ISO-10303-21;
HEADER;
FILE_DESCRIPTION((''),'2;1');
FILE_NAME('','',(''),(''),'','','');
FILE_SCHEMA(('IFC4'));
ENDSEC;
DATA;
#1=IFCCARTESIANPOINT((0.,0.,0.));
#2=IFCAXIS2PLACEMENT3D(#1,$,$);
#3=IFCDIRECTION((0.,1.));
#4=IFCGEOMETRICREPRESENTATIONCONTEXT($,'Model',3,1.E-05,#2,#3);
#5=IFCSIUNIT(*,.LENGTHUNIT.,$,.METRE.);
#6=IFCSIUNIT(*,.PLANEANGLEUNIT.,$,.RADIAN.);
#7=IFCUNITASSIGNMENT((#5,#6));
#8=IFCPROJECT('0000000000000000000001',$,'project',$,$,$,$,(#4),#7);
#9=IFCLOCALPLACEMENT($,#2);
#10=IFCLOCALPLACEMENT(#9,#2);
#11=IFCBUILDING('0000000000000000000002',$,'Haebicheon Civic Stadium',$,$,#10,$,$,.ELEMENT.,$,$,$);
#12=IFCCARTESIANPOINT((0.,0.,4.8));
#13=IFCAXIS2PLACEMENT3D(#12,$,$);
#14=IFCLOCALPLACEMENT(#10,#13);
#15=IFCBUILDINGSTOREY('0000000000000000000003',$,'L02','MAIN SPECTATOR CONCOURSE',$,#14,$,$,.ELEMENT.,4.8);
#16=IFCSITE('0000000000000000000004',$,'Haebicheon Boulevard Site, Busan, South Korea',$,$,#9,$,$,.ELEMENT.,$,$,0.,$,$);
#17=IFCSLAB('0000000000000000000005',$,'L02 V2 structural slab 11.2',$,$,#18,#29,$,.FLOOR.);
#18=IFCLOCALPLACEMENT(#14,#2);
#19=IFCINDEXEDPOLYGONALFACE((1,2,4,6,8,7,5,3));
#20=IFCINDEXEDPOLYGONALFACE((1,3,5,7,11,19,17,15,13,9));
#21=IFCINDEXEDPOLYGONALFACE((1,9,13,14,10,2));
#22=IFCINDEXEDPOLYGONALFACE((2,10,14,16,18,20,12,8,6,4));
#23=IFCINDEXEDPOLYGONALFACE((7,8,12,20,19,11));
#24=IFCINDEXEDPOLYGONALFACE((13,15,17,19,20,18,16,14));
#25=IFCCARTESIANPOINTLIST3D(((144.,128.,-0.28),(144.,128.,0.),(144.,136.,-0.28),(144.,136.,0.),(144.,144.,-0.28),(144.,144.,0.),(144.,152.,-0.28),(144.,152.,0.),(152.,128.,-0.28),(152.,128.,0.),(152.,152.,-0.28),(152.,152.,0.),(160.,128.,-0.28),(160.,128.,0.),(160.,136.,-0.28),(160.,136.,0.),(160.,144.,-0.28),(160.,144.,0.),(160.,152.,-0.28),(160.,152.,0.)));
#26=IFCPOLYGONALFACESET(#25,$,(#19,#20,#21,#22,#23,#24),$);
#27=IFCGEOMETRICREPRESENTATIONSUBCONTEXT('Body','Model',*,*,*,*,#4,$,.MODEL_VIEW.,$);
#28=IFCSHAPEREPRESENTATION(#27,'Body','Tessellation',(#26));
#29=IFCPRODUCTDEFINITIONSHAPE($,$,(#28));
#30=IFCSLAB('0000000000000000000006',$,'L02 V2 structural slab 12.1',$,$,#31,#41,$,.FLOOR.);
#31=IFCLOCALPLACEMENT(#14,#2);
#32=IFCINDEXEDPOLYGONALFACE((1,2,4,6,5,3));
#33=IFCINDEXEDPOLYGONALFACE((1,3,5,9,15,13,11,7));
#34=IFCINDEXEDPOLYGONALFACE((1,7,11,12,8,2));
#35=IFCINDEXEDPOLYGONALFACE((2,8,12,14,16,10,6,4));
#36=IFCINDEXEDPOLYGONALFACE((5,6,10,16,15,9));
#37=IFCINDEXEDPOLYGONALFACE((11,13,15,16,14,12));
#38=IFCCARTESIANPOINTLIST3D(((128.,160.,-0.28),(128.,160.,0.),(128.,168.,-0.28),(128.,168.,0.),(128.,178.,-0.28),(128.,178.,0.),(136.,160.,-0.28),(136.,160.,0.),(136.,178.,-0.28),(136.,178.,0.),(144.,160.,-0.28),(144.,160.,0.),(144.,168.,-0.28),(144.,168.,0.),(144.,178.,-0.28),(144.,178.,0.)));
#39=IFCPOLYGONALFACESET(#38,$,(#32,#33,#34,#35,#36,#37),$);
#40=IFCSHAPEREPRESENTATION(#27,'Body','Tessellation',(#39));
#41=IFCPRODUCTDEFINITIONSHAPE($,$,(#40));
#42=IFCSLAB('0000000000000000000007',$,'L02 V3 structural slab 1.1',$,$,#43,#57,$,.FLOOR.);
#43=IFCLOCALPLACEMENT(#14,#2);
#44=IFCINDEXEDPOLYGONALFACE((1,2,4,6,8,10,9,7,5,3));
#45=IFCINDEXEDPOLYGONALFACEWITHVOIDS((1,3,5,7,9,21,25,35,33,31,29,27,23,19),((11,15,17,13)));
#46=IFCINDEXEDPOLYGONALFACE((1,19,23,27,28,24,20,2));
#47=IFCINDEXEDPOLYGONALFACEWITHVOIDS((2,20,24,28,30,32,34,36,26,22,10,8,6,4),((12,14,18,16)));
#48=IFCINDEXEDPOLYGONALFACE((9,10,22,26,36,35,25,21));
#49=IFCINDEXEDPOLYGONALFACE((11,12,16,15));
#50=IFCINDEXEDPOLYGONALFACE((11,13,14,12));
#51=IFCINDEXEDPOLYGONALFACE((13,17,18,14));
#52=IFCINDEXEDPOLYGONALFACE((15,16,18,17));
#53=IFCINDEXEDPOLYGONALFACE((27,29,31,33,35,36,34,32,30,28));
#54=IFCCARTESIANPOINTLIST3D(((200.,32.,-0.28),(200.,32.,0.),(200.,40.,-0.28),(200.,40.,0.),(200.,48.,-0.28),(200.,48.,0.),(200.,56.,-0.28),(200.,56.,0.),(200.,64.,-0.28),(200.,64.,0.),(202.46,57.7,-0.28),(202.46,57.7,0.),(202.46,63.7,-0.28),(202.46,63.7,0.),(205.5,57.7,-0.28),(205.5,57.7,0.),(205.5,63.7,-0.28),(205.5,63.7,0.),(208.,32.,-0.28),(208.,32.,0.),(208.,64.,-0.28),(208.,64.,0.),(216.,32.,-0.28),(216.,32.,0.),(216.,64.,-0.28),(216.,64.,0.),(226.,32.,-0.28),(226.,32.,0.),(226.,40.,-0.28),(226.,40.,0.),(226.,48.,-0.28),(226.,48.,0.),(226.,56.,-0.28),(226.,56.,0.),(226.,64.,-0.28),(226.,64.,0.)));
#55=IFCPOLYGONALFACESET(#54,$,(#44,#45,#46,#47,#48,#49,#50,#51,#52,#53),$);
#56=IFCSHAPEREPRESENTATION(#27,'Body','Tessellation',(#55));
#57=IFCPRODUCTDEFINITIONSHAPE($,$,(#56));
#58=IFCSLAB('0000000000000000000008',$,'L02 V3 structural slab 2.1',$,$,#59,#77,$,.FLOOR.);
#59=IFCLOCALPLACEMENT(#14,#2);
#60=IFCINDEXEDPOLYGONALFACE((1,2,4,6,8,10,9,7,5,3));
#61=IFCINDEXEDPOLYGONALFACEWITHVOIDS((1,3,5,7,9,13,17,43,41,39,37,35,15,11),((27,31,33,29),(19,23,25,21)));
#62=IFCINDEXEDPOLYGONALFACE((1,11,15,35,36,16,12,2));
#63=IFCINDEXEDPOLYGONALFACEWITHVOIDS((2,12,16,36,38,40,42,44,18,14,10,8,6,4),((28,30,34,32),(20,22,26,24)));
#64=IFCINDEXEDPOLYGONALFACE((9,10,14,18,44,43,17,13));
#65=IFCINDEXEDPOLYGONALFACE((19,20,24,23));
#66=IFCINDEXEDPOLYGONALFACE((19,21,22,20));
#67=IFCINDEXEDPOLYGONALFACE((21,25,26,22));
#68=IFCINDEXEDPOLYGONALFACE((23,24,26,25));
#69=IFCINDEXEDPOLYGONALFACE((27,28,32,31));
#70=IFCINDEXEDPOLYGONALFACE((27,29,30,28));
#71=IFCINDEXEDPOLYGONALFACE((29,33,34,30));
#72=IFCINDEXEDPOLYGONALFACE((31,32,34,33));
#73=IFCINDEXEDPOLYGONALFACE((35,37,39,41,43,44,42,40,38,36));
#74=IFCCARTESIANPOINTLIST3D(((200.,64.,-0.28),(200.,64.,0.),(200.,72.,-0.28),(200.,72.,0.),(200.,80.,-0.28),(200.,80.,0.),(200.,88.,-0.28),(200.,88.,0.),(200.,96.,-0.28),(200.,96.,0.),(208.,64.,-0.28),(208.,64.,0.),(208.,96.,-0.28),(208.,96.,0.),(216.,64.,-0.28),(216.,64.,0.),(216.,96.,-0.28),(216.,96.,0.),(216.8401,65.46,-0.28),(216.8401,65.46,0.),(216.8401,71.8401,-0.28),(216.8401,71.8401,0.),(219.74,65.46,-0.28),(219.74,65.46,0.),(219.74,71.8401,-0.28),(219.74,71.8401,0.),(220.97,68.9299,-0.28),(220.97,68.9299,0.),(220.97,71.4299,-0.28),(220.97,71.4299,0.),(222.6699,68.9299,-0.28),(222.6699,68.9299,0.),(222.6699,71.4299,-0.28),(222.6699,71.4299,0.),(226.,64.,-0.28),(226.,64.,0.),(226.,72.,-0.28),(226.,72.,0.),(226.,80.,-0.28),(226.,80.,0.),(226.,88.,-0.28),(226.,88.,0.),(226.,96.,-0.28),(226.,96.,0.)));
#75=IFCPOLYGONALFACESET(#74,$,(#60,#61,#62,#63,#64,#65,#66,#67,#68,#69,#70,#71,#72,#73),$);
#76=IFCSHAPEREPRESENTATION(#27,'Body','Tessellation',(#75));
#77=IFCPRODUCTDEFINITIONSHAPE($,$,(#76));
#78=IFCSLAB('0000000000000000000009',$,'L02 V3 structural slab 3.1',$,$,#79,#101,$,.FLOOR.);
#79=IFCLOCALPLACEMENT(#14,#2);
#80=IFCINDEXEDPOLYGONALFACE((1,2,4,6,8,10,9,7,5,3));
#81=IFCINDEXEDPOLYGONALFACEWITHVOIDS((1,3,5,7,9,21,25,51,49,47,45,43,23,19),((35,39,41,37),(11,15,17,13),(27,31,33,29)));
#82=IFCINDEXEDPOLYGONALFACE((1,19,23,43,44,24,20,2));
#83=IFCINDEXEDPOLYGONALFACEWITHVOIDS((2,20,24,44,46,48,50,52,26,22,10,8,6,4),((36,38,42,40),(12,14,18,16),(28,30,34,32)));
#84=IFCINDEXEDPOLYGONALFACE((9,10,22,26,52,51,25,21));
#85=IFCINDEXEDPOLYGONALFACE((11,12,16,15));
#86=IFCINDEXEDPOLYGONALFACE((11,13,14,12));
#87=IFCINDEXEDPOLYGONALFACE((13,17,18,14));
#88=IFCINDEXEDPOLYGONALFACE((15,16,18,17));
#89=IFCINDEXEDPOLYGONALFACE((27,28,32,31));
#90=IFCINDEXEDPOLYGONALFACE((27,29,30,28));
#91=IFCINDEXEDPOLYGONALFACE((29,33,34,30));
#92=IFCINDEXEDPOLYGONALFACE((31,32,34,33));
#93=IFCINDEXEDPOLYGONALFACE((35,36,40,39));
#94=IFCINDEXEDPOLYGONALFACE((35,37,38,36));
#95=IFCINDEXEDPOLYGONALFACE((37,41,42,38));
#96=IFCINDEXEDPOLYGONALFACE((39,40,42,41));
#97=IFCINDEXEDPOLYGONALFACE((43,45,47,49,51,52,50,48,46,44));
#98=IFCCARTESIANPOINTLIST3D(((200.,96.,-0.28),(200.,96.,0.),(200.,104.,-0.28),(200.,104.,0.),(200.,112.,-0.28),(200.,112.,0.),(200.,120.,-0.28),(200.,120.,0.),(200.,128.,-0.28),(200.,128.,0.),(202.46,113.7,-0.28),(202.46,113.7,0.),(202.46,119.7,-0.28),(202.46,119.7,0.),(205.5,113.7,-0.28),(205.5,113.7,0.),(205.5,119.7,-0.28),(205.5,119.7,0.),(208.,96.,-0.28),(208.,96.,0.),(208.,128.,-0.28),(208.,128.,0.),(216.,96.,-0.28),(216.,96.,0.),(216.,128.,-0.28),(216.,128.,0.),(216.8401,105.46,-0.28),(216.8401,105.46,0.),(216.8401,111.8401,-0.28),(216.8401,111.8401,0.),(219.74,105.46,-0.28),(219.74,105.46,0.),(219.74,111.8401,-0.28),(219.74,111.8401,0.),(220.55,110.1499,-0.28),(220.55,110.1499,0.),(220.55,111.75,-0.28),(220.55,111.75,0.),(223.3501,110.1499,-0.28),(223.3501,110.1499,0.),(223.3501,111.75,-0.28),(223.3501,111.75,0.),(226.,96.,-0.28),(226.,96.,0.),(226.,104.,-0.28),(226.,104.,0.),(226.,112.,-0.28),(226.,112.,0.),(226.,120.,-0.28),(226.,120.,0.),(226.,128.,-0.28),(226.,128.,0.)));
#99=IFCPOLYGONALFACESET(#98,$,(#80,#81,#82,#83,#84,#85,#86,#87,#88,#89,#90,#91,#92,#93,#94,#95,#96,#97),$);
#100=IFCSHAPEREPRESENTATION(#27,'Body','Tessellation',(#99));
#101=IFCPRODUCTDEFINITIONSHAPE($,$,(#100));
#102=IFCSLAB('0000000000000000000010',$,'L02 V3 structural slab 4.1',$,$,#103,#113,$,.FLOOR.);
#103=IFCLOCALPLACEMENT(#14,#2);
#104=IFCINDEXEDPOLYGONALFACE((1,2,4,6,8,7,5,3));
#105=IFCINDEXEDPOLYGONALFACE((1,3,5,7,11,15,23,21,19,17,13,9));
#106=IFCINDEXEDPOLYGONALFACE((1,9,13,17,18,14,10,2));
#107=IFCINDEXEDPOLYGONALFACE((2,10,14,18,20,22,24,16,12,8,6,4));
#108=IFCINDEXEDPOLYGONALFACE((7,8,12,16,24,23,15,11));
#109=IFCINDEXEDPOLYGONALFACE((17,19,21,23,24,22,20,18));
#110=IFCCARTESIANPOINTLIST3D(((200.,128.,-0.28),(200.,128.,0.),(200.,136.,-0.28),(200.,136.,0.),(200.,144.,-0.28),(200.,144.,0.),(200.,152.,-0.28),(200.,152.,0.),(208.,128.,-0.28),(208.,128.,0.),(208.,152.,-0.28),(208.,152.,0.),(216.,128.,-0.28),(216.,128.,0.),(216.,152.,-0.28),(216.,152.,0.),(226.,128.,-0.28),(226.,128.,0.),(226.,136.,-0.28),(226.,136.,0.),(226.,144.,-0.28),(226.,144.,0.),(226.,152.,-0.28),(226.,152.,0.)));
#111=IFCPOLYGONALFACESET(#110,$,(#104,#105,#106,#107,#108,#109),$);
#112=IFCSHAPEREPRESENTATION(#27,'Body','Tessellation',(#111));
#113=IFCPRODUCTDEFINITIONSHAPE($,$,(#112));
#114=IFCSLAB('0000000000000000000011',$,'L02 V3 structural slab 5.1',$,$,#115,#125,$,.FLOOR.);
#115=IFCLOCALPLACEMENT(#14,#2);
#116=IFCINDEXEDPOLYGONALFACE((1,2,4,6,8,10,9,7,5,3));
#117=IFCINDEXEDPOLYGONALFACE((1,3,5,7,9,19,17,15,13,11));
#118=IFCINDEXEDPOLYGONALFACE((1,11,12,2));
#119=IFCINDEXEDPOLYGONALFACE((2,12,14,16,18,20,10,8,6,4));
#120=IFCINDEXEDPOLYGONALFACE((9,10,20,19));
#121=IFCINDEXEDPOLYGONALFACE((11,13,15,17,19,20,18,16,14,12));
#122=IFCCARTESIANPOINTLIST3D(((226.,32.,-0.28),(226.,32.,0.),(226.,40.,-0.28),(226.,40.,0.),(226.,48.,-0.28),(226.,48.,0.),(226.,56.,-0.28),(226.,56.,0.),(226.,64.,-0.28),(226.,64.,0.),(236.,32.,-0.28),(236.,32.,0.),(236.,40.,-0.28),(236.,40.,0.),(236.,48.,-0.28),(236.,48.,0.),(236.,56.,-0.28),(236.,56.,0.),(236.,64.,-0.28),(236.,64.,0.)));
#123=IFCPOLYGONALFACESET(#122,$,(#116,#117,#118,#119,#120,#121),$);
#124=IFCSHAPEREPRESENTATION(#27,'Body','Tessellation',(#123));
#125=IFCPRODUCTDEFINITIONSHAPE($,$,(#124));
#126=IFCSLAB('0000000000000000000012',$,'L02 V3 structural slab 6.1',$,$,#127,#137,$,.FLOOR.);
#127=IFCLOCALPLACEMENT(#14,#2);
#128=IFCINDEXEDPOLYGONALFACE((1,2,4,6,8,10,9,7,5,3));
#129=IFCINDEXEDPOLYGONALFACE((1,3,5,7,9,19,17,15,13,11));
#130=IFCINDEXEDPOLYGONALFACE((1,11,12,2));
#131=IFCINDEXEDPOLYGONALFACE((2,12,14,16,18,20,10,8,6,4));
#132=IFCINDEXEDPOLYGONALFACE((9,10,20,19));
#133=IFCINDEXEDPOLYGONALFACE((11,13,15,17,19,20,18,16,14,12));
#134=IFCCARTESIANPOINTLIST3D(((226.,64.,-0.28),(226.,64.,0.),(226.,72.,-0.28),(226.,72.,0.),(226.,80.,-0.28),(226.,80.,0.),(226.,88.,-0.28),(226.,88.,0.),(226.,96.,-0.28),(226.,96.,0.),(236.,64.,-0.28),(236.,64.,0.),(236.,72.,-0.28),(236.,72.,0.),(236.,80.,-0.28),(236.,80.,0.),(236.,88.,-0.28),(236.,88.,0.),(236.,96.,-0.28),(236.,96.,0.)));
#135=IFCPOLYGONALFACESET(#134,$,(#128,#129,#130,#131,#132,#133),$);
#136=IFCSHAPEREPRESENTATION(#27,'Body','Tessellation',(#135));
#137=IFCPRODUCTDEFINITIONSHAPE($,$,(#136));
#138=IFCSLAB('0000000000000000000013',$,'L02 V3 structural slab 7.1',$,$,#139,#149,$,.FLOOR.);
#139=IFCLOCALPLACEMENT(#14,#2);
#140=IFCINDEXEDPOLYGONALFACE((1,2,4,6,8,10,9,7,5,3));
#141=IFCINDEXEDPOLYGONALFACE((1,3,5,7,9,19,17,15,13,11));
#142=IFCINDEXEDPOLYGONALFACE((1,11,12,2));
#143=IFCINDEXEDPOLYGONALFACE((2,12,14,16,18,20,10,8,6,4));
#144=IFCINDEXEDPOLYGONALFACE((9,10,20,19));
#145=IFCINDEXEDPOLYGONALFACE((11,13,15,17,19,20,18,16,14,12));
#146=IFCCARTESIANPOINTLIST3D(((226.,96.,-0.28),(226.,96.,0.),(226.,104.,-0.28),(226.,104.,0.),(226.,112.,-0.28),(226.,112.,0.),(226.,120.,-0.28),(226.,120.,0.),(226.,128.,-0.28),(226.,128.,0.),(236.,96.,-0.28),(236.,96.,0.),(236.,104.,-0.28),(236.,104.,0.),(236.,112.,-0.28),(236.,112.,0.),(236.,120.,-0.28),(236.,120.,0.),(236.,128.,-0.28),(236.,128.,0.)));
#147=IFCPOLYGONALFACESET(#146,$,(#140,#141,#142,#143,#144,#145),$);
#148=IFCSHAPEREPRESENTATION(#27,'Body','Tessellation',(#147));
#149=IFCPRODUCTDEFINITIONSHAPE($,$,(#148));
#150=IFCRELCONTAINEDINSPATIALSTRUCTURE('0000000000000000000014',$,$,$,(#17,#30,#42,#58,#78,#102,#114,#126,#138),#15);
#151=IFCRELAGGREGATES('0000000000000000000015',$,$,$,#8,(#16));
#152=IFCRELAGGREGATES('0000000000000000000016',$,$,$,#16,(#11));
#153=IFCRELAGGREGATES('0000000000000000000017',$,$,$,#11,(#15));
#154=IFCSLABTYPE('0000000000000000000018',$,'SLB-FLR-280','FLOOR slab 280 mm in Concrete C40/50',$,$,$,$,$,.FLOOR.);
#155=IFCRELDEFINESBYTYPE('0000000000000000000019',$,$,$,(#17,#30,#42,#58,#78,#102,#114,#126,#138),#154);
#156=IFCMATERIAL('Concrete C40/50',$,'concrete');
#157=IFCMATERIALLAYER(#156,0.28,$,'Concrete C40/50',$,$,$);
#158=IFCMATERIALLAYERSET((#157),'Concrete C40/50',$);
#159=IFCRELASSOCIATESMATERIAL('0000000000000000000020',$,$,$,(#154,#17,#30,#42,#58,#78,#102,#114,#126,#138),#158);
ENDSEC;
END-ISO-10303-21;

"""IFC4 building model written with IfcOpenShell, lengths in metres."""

from ifc_helpers import new_model, si_unit, direction, frame, origin, place, context, subcontext, project, spatial, polyline, outline, extrude, material, layer, layer_set, type_object, element, save


model = new_model("IFC4")

# Units and contexts
model_context = context("Model", 3, precision=1e-05, world=origin(), true_north=direction((0.0, 1.0)))
body_context = subcontext(model_context, "Body", "Model", "MODEL_VIEW")
ifc_project = project(units=[si_unit("LENGTHUNIT", "METRE"), si_unit("PLANEANGLEUNIT", "RADIAN")], contexts=[model_context])

# Site, building, storey
site_placement = place(None, origin())
site = spatial("IfcSite", under=ifc_project, at=site_placement, Name="Haebicheon Boulevard Site, Busan, South Korea", CompositionType="ELEMENT", RefElevation=0.0)
building_placement = place(site_placement, origin())
building = spatial("IfcBuilding", under=site, at=building_placement, Name="Haebicheon Civic Stadium", CompositionType="ELEMENT")
storey_placement = place(building_placement, frame((0.0, 0.0, 4.8)))
storey = spatial("IfcBuildingStorey", under=building, at=storey_placement, Name="L02", Description="MAIN SPECTATOR CONCOURSE", CompositionType="ELEMENT", Elevation=4.8)

# Slabs
ifc_material_1 = material(Name="Concrete C40/50", Category="concrete")
ifc_layer_1 = layer(ifc_material_1, 0.28, Name="Concrete C40/50")
ifc_layer_set_1 = layer_set([ifc_layer_1], Name="Concrete C40/50")
slab_type_1 = type_object("IfcSlabType", Name="SLB-FLR-280", Description="FLOOR slab 280 mm in Concrete C40/50", PredefinedType="FLOOR", material=ifc_layer_set_1)
slab_1_placement = place(storey_placement, frame((0.0, 0.0, -0.28)))
element("IfcSlab", 1, at=slab_1_placement, inside=storey, type_object=slab_type_1, material=ifc_layer_set_1, Name="L02 V2 structural slab 11.2", PredefinedType="FLOOR", context=body_context, shape_type="SweptSolid", body=[
    extrude(outline(polyline([(144.0, 152.0), (152.0, 152.0), (160.0, 152.0), (160.0, 144.0), (160.0, 136.0), (160.0, 128.0), (152.0, 128.0), (144.0, 128.0), (144.0, 136.0), (144.0, 144.0), (144.0, 152.0)])), origin(), (0.0, 0.0, 1.0), 0.28),
])
slab_2_placement = place(storey_placement, frame((0.0, 0.0, -0.28)))
element("IfcSlab", 2, at=slab_2_placement, inside=storey, type_object=slab_type_1, material=ifc_layer_set_1, Name="L02 V2 structural slab 12.1", PredefinedType="FLOOR", context=body_context, shape_type="SweptSolid", body=[
    extrude(outline(polyline([(128.0, 168.0), (128.0, 178.0), (136.0, 178.0), (144.0, 178.0), (144.0, 168.0), (144.0, 160.0), (136.0, 160.0), (128.0, 160.0), (128.0, 168.0)])), origin(), (0.0, 0.0, 1.0), 0.28),
])
slab_3_placement = place(storey_placement, frame((0.0, 0.0, -0.28)))
element("IfcSlab", 3, at=slab_3_placement, inside=storey, type_object=slab_type_1, material=ifc_layer_set_1, Name="L02 V3 structural slab 1.1", PredefinedType="FLOOR", context=body_context, shape_type="SweptSolid", body=[
    extrude(outline(polyline([(200.0, 48.0), (200.0, 56.0), (200.0, 64.0), (208.0, 64.0), (216.0, 64.0), (226.0, 64.0), (226.0, 56.0), (226.0, 48.0), (226.0, 40.0), (226.0, 32.0), (216.0, 32.0), (208.0, 32.0), (200.0, 32.0), (200.0, 40.0), (200.0, 48.0)]), holes=[polyline([(202.46, 57.7), (205.5, 57.7), (205.5, 63.7), (202.46, 63.7), (202.46, 57.7)])]), origin(), (0.0, 0.0, 1.0), 0.28),
])
slab_4_placement = place(storey_placement, frame((0.0, 0.0, -0.28)))
element("IfcSlab", 4, at=slab_4_placement, inside=storey, type_object=slab_type_1, material=ifc_layer_set_1, Name="L02 V3 structural slab 2.1", PredefinedType="FLOOR", context=body_context, shape_type="SweptSolid", body=[
    extrude(outline(polyline([(200.0, 80.0), (200.0, 88.0), (200.0, 96.0), (208.0, 96.0), (216.0, 96.0), (226.0, 96.0), (226.0, 88.0), (226.0, 80.0), (226.0, 72.0), (226.0, 64.0), (216.0, 64.0), (208.0, 64.0), (200.0, 64.0), (200.0, 72.0), (200.0, 80.0)]), holes=[polyline([(216.8401, 65.46), (219.74, 65.46), (219.74, 71.8401), (216.8401, 71.8401), (216.8401, 65.46)]), polyline([(220.97, 68.9299), (222.6699, 68.9299), (222.6699, 71.4299), (220.97, 71.4299), (220.97, 68.9299)])]), origin(), (0.0, 0.0, 1.0), 0.28),
])
slab_5_placement = place(storey_placement, frame((0.0, 0.0, -0.28)))
element("IfcSlab", 5, at=slab_5_placement, inside=storey, type_object=slab_type_1, material=ifc_layer_set_1, Name="L02 V3 structural slab 3.1", PredefinedType="FLOOR", context=body_context, shape_type="SweptSolid", body=[
    extrude(outline(polyline([(200.0, 112.0), (200.0, 120.0), (200.0, 128.0), (208.0, 128.0), (216.0, 128.0), (226.0, 128.0), (226.0, 120.0), (226.0, 112.0), (226.0, 104.0), (226.0, 96.0), (216.0, 96.0), (208.0, 96.0), (200.0, 96.0), (200.0, 104.0), (200.0, 112.0)]), holes=[polyline([(216.8401, 105.46), (219.74, 105.46), (219.74, 111.8401), (216.8401, 111.8401), (216.8401, 105.46)]), polyline([(220.55, 110.1499), (223.3501, 110.1499), (223.3501, 111.75), (220.55, 111.75), (220.55, 110.1499)]), polyline([(202.46, 113.7), (205.5, 113.7), (205.5, 119.7), (202.46, 119.7), (202.46, 113.7)])]), origin(), (0.0, 0.0, 1.0), 0.28),
])
slab_6_placement = place(storey_placement, frame((0.0, 0.0, -0.28)))
element("IfcSlab", 6, at=slab_6_placement, inside=storey, type_object=slab_type_1, material=ifc_layer_set_1, Name="L02 V3 structural slab 4.1", PredefinedType="FLOOR", context=body_context, shape_type="SweptSolid", body=[
    extrude(outline(polyline([(200.0, 144.0), (200.0, 152.0), (208.0, 152.0), (216.0, 152.0), (226.0, 152.0), (226.0, 144.0), (226.0, 136.0), (226.0, 128.0), (216.0, 128.0), (208.0, 128.0), (200.0, 128.0), (200.0, 136.0), (200.0, 144.0)])), origin(), (0.0, 0.0, 1.0), 0.28),
])
slab_7_placement = place(storey_placement, frame((0.0, 0.0, -0.28)))
element("IfcSlab", 7, at=slab_7_placement, inside=storey, type_object=slab_type_1, material=ifc_layer_set_1, Name="L02 V3 structural slab 5.1", PredefinedType="FLOOR", context=body_context, shape_type="SweptSolid", body=[
    extrude(outline(polyline([(226.0, 32.0), (226.0, 40.0), (226.0, 48.0), (226.0, 56.0), (226.0, 64.0), (236.0, 64.0), (236.0, 56.0), (236.0, 48.0), (236.0, 40.0), (236.0, 32.0), (226.0, 32.0)])), origin(), (0.0, 0.0, 1.0), 0.28),
])
slab_8_placement = place(storey_placement, frame((0.0, 0.0, -0.28)))
element("IfcSlab", 8, at=slab_8_placement, inside=storey, type_object=slab_type_1, material=ifc_layer_set_1, Name="L02 V3 structural slab 6.1", PredefinedType="FLOOR", context=body_context, shape_type="SweptSolid", body=[
    extrude(outline(polyline([(226.0, 64.0), (226.0, 72.0), (226.0, 80.0), (226.0, 88.0), (226.0, 96.0), (236.0, 96.0), (236.0, 88.0), (236.0, 80.0), (236.0, 72.0), (236.0, 64.0), (226.0, 64.0)])), origin(), (0.0, 0.0, 1.0), 0.28),
])
slab_9_placement = place(storey_placement, frame((0.0, 0.0, -0.28)))
element("IfcSlab", 9, at=slab_9_placement, inside=storey, type_object=slab_type_1, material=ifc_layer_set_1, Name="L02 V3 structural slab 7.1", PredefinedType="FLOOR", context=body_context, shape_type="SweptSolid", body=[
    extrude(outline(polyline([(226.0, 96.0), (226.0, 104.0), (226.0, 112.0), (226.0, 120.0), (226.0, 128.0), (236.0, 128.0), (236.0, 120.0), (236.0, 112.0), (236.0, 104.0), (236.0, 96.0), (226.0, 96.0)])), origin(), (0.0, 0.0, 1.0), 0.28),
])

save(model, "model.ifc")
